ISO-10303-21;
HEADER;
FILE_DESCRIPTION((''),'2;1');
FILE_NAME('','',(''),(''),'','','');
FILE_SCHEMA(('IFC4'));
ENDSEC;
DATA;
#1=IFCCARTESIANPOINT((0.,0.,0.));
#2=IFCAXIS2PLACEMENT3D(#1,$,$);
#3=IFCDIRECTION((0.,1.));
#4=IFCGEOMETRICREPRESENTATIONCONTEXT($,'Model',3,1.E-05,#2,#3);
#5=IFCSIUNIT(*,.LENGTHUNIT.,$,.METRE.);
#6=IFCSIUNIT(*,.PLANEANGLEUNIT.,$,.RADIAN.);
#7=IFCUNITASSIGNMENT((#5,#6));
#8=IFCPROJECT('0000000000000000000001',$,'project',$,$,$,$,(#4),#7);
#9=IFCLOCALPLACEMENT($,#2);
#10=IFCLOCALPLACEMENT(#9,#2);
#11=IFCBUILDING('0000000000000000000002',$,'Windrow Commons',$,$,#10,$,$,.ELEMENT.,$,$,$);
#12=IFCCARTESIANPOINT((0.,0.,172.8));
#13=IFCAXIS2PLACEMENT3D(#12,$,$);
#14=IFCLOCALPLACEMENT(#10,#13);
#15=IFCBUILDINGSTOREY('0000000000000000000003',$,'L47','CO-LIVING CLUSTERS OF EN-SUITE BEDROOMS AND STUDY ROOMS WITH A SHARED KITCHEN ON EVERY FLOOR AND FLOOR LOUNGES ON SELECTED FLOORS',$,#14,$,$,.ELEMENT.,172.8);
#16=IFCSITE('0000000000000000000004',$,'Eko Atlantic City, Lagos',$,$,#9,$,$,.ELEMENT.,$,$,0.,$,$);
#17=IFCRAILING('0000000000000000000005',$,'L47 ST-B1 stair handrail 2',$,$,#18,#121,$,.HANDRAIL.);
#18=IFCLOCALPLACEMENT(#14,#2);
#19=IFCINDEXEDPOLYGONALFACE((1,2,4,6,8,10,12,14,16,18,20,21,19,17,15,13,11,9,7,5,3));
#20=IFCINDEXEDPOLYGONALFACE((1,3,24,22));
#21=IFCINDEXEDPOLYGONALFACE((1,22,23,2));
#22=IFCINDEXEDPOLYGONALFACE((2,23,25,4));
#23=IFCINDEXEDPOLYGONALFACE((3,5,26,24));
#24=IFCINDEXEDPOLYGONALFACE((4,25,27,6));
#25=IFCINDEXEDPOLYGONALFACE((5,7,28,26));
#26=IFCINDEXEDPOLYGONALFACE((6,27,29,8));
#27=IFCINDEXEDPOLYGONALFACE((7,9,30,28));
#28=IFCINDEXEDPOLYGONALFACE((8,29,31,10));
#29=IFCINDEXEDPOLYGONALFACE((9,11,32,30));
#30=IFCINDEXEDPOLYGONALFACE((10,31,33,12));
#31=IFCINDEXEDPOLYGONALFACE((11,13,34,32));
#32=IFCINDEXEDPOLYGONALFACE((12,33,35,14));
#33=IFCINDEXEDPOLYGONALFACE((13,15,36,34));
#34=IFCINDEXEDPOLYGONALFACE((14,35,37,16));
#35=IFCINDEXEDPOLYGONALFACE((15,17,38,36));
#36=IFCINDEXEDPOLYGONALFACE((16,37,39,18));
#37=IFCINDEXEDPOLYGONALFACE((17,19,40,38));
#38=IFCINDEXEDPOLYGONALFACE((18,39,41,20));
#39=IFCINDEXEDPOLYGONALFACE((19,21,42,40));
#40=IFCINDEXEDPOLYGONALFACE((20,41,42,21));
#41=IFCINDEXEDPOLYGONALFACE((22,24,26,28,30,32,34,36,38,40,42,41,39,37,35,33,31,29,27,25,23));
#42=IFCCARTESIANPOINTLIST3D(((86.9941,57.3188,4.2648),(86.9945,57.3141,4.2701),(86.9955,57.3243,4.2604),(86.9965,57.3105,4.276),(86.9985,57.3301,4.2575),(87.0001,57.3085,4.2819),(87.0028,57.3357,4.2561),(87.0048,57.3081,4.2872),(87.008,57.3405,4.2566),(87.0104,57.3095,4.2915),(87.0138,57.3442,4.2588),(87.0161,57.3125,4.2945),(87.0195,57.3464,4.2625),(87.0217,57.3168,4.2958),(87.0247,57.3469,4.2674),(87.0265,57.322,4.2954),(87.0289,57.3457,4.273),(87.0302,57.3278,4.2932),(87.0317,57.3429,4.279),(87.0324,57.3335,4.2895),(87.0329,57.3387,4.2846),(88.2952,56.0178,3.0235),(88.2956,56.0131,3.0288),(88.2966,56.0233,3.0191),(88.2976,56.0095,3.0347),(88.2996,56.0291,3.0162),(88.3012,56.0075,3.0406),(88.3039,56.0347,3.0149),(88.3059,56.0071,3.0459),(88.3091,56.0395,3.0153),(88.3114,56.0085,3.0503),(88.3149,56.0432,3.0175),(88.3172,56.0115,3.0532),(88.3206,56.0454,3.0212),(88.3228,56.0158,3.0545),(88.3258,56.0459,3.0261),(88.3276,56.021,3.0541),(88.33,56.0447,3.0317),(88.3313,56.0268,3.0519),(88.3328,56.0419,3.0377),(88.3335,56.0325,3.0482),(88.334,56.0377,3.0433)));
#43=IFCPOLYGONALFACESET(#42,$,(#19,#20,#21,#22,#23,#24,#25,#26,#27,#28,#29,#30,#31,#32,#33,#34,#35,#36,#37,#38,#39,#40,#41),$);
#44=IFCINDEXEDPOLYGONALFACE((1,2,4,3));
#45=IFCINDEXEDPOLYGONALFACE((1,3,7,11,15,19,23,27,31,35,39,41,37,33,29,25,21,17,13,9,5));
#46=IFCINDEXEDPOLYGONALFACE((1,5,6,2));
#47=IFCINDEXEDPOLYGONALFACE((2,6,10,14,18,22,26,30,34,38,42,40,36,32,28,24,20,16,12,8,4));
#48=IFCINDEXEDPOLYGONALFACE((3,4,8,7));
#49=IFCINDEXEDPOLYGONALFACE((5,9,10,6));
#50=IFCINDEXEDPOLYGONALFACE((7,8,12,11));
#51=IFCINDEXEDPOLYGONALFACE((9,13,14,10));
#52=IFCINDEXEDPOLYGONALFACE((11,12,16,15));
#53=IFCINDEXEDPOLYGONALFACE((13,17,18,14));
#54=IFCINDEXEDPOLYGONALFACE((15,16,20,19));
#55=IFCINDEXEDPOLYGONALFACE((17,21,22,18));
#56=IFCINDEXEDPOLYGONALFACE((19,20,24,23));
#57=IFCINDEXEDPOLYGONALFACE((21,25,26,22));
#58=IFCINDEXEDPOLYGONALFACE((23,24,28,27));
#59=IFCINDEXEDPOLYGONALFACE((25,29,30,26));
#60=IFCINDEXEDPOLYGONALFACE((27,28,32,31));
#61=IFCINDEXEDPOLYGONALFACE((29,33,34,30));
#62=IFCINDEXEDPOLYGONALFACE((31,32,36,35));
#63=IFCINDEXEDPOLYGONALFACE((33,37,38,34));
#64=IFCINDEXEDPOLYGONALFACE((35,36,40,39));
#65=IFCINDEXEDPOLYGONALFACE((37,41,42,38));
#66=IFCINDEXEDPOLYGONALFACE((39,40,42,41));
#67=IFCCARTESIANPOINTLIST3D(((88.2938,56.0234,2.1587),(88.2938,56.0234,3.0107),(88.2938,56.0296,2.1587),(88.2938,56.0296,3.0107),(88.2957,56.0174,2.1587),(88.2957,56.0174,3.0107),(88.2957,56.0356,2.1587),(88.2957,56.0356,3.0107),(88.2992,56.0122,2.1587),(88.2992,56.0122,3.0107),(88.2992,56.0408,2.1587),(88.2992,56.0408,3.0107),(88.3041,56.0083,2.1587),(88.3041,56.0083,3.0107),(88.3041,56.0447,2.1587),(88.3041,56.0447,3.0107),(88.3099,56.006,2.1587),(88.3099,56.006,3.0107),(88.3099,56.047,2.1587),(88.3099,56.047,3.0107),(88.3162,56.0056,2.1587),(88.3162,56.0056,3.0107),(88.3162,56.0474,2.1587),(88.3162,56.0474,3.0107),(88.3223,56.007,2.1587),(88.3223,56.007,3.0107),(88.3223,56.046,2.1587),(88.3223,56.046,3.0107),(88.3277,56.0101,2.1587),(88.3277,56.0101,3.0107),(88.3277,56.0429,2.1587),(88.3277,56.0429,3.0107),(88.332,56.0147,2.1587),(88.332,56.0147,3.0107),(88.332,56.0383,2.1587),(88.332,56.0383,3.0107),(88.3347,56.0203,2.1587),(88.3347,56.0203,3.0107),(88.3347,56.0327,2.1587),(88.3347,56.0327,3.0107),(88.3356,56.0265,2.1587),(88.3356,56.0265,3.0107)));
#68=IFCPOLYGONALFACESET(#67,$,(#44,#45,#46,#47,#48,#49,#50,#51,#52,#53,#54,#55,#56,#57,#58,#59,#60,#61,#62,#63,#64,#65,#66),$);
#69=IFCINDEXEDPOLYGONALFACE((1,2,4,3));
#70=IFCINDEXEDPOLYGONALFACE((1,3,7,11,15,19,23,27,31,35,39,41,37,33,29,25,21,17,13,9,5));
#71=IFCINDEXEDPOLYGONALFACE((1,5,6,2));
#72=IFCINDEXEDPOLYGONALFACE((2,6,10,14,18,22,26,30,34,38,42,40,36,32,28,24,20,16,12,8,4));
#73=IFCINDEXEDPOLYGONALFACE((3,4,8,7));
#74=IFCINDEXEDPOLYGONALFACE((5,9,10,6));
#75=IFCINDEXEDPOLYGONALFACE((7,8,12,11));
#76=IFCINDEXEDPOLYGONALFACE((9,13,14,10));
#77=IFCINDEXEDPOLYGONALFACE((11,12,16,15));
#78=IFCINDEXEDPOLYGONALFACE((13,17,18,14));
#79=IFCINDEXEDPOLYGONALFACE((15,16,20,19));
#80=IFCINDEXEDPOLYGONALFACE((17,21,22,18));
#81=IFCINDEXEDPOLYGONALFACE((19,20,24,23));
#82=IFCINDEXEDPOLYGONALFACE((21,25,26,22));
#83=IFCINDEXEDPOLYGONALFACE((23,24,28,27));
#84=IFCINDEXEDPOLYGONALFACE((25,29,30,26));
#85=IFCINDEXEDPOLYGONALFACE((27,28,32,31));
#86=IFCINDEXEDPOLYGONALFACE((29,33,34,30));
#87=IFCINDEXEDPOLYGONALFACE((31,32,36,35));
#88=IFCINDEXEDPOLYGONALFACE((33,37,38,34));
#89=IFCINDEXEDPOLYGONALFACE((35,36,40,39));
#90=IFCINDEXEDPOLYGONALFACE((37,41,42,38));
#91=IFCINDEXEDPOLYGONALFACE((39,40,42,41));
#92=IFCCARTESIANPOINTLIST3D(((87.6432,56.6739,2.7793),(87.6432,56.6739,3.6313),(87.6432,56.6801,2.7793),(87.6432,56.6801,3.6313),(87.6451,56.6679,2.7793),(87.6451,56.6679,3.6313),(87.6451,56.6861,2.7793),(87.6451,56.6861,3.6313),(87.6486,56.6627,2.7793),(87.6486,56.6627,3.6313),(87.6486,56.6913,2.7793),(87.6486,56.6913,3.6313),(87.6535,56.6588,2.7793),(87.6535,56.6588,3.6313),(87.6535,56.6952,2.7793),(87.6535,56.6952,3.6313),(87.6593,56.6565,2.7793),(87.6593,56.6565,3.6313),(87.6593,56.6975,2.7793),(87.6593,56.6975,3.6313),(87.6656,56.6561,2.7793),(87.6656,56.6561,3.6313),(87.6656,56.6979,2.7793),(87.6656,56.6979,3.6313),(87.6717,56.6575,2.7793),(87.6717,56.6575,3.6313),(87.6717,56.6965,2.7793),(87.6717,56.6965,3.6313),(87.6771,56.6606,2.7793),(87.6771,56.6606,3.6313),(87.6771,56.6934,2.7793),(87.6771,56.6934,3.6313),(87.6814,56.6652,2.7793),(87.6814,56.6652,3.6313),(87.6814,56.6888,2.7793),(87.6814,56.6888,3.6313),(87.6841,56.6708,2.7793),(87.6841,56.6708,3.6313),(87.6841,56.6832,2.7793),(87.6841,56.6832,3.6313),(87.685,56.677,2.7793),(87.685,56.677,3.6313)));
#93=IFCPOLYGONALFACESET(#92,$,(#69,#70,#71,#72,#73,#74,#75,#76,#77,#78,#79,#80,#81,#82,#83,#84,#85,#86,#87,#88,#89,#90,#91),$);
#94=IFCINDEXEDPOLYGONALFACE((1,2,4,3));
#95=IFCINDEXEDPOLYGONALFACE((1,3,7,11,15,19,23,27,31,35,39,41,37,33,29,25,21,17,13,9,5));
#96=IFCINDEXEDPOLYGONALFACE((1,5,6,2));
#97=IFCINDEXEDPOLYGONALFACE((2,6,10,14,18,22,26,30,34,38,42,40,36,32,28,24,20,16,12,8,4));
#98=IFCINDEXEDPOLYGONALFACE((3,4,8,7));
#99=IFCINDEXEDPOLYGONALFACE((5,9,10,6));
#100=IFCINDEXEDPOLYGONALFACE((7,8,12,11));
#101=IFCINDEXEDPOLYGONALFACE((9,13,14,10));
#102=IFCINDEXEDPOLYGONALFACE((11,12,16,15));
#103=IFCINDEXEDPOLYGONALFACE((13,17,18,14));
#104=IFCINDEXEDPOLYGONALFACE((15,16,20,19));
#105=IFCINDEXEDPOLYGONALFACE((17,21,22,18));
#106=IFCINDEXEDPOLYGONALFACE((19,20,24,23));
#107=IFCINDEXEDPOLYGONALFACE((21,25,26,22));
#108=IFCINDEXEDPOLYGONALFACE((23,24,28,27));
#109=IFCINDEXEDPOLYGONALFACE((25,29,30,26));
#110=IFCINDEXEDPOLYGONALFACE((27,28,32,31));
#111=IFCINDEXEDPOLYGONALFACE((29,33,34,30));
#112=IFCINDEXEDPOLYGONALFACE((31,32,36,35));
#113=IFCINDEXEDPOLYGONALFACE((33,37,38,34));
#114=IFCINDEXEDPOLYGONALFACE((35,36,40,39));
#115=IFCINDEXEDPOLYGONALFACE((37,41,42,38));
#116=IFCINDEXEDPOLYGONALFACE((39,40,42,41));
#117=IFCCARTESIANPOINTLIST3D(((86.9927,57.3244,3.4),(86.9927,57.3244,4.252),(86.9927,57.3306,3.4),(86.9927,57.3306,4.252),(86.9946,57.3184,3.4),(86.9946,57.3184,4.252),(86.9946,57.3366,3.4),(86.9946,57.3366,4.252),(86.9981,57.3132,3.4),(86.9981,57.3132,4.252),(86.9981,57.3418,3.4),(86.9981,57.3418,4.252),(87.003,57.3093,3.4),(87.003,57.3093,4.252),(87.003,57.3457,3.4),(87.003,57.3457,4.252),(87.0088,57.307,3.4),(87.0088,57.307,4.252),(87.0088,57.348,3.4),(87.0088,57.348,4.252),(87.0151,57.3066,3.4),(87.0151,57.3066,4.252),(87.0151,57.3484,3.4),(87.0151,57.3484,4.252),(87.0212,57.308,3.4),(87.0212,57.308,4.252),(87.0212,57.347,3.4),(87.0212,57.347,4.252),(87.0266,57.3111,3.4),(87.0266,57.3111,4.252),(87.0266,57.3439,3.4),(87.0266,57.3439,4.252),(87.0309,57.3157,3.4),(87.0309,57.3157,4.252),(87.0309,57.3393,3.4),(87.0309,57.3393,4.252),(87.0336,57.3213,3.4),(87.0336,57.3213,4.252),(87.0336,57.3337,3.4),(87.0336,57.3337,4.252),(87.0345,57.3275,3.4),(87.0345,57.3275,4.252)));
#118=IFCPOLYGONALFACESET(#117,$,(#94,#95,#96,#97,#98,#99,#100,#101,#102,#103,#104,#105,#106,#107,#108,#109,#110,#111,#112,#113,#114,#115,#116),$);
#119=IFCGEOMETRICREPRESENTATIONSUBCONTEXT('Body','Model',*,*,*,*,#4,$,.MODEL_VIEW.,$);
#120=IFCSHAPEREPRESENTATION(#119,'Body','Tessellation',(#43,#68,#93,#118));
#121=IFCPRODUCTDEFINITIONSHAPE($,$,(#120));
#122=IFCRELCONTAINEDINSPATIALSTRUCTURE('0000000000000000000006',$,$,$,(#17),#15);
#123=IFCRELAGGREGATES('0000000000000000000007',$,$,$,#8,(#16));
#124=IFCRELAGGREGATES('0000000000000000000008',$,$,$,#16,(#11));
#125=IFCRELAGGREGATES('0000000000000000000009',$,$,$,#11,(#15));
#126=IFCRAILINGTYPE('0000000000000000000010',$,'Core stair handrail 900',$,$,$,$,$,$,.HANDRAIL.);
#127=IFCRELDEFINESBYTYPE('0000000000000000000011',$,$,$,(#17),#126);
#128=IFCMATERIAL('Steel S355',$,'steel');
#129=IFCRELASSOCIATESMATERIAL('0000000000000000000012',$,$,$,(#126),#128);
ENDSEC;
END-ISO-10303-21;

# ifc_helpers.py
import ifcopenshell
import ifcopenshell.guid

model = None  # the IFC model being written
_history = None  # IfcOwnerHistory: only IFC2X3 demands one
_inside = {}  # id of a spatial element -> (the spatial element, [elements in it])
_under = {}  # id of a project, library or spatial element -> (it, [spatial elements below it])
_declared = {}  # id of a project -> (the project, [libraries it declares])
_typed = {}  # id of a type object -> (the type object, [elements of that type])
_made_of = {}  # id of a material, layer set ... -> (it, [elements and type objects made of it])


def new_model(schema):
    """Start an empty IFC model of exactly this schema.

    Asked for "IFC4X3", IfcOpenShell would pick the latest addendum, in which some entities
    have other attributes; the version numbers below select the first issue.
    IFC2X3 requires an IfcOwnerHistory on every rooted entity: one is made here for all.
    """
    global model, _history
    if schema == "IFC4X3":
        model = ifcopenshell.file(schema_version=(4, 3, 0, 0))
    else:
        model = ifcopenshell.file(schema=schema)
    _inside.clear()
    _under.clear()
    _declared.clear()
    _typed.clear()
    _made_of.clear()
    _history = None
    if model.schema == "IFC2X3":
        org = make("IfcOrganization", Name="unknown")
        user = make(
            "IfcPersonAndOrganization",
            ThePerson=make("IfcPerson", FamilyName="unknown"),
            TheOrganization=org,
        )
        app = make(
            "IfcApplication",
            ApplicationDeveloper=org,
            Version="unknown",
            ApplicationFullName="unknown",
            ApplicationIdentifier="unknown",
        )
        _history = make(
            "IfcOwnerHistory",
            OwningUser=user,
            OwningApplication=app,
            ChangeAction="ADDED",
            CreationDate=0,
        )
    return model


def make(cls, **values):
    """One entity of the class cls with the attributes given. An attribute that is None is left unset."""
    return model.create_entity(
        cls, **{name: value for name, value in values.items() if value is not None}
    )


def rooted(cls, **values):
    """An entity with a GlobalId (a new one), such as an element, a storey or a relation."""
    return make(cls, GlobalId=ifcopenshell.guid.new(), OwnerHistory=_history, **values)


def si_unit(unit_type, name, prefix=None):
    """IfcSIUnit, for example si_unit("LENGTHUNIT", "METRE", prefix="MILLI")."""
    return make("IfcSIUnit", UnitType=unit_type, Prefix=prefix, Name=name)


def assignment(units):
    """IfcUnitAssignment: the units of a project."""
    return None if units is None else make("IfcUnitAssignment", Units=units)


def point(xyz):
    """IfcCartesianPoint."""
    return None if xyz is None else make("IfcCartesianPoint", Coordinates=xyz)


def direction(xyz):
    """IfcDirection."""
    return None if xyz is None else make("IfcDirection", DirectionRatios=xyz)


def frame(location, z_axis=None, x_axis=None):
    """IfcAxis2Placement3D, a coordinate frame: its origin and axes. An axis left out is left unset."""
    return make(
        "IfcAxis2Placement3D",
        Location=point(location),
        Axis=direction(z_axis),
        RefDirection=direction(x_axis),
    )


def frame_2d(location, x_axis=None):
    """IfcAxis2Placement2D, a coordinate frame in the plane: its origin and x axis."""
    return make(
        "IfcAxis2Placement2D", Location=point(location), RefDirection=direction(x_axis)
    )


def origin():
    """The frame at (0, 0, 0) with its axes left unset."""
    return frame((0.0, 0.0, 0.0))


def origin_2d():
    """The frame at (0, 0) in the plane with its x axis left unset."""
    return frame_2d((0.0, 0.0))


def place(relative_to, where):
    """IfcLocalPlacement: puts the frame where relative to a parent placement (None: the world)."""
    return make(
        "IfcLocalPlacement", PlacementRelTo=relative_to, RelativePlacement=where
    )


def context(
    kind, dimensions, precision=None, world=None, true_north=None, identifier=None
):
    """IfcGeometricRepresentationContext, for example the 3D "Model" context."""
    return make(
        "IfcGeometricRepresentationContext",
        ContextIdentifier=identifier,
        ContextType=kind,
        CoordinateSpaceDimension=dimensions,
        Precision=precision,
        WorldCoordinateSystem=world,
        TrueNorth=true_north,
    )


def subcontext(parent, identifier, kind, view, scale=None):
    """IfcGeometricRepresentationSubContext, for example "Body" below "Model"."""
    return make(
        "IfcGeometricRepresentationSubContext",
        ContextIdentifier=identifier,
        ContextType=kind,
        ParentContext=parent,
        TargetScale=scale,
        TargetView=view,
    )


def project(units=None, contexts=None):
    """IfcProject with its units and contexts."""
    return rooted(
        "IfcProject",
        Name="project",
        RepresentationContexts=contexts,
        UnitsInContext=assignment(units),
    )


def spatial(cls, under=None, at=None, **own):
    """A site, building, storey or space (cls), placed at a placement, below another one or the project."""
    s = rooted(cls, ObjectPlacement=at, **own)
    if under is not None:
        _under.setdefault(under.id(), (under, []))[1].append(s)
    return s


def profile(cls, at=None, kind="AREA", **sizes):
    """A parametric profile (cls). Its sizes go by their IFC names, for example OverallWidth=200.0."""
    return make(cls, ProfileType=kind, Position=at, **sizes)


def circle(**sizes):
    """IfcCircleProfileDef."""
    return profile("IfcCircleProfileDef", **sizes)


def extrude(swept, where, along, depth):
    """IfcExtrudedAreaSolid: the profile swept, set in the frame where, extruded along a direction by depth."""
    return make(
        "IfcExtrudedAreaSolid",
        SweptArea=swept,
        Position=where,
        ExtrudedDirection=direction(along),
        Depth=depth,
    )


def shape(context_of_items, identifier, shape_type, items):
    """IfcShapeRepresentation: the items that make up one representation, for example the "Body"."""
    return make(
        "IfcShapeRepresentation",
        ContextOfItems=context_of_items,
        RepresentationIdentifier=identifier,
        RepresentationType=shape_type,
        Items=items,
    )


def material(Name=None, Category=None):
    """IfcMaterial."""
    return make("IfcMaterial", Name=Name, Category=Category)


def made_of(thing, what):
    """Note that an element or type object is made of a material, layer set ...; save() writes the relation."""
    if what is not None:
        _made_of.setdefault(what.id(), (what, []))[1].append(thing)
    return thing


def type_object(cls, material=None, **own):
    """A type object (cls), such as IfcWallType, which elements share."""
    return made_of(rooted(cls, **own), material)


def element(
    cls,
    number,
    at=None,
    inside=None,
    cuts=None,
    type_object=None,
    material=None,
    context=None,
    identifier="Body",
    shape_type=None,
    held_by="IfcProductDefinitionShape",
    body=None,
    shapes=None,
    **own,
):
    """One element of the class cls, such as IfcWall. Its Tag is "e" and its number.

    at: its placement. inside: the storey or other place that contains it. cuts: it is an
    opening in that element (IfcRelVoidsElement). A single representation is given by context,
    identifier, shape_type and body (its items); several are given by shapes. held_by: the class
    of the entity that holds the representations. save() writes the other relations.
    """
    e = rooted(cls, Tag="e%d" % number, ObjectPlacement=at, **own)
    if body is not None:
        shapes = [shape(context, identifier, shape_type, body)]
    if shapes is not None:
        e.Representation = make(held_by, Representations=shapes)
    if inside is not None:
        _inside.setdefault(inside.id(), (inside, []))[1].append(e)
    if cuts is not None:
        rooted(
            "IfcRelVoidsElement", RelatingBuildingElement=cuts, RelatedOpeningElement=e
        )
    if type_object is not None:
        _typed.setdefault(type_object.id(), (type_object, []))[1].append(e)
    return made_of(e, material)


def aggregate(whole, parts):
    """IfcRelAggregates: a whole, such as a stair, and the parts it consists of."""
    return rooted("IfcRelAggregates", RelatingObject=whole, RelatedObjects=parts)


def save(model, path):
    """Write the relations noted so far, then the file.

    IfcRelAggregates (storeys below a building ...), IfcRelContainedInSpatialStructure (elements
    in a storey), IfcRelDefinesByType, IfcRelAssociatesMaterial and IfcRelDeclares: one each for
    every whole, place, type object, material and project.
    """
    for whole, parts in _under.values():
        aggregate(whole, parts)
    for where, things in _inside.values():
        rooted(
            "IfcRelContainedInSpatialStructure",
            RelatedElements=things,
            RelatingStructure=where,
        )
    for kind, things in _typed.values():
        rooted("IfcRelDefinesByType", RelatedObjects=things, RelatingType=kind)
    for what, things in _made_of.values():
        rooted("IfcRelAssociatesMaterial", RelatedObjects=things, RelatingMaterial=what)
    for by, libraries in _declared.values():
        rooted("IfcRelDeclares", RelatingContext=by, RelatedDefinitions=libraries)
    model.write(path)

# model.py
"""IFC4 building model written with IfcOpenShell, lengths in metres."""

from ifc_helpers import new_model, si_unit, direction, frame, origin, origin_2d, place, context, subcontext, project, spatial, circle, extrude, material, type_object, element, save


model = new_model("IFC4")

# Units and contexts
model_context = context("Model", 3, precision=1e-05, world=origin(), true_north=direction((0.0, 1.0)))
body_context = subcontext(model_context, "Body", "Model", "MODEL_VIEW")
ifc_project = project(units=[si_unit("LENGTHUNIT", "METRE"), si_unit("PLANEANGLEUNIT", "RADIAN")], contexts=[model_context])

# Site, building, storey
site_placement = place(None, origin())
site = spatial("IfcSite", under=ifc_project, at=site_placement, Name="Eko Atlantic City, Lagos", CompositionType="ELEMENT", RefElevation=0.0)
building_placement = place(site_placement, origin())
building = spatial("IfcBuilding", under=site, at=building_placement, Name="Windrow Commons", CompositionType="ELEMENT")
storey_placement = place(building_placement, frame((0.0, 0.0, 172.8)))
storey = spatial("IfcBuildingStorey", under=building, at=storey_placement, Name="L47", Description="CO-LIVING CLUSTERS OF EN-SUITE BEDROOMS AND STUDY ROOMS WITH A SHARED KITCHEN ON EVERY FLOOR AND FLOOR LOUNGES ON SELECTED FLOORS", CompositionType="ELEMENT", Elevation=172.8)

# Railing
ifc_material_1 = material(Name="Steel S355", Category="steel")
railing_type_1 = type_object("IfcRailingType", Name="Core stair handrail 900", PredefinedType="HANDRAIL", material=ifc_material_1)
railing_1_placement = place(storey_placement, frame((88.3146, 56.0265, 2.1587)))
element("IfcRailing", 1, at=railing_1_placement, inside=storey, type_object=railing_type_1, Name="L47 ST-B1 stair handrail 2", PredefinedType="HANDRAIL", context=body_context, shape_type="SweptSolid", body=[
    extrude(circle(Radius=0.024, at=origin_2d()), frame((0.0, 0.0, 0.876), z_axis=(-0.586207, 0.586162, 0.559264), x_axis=(-0.70708, -0.707134, 0.0)), (0.0, 0.0, 1.0), 2.2195),
    extrude(circle(Radius=0.021, at=origin_2d()), origin(), (0.0, 0.0, 1.0), 0.852),
    extrude(circle(Radius=0.021, at=origin_2d()), frame((-0.6506, 0.6505, 0.6206)), (0.0, 0.0, 1.0), 0.852),
    extrude(circle(Radius=0.021, at=origin_2d()), frame((-1.3011, 1.301, 1.2413)), (0.0, 0.0, 1.0), 0.852),
])

save(model, "model.ifc")
